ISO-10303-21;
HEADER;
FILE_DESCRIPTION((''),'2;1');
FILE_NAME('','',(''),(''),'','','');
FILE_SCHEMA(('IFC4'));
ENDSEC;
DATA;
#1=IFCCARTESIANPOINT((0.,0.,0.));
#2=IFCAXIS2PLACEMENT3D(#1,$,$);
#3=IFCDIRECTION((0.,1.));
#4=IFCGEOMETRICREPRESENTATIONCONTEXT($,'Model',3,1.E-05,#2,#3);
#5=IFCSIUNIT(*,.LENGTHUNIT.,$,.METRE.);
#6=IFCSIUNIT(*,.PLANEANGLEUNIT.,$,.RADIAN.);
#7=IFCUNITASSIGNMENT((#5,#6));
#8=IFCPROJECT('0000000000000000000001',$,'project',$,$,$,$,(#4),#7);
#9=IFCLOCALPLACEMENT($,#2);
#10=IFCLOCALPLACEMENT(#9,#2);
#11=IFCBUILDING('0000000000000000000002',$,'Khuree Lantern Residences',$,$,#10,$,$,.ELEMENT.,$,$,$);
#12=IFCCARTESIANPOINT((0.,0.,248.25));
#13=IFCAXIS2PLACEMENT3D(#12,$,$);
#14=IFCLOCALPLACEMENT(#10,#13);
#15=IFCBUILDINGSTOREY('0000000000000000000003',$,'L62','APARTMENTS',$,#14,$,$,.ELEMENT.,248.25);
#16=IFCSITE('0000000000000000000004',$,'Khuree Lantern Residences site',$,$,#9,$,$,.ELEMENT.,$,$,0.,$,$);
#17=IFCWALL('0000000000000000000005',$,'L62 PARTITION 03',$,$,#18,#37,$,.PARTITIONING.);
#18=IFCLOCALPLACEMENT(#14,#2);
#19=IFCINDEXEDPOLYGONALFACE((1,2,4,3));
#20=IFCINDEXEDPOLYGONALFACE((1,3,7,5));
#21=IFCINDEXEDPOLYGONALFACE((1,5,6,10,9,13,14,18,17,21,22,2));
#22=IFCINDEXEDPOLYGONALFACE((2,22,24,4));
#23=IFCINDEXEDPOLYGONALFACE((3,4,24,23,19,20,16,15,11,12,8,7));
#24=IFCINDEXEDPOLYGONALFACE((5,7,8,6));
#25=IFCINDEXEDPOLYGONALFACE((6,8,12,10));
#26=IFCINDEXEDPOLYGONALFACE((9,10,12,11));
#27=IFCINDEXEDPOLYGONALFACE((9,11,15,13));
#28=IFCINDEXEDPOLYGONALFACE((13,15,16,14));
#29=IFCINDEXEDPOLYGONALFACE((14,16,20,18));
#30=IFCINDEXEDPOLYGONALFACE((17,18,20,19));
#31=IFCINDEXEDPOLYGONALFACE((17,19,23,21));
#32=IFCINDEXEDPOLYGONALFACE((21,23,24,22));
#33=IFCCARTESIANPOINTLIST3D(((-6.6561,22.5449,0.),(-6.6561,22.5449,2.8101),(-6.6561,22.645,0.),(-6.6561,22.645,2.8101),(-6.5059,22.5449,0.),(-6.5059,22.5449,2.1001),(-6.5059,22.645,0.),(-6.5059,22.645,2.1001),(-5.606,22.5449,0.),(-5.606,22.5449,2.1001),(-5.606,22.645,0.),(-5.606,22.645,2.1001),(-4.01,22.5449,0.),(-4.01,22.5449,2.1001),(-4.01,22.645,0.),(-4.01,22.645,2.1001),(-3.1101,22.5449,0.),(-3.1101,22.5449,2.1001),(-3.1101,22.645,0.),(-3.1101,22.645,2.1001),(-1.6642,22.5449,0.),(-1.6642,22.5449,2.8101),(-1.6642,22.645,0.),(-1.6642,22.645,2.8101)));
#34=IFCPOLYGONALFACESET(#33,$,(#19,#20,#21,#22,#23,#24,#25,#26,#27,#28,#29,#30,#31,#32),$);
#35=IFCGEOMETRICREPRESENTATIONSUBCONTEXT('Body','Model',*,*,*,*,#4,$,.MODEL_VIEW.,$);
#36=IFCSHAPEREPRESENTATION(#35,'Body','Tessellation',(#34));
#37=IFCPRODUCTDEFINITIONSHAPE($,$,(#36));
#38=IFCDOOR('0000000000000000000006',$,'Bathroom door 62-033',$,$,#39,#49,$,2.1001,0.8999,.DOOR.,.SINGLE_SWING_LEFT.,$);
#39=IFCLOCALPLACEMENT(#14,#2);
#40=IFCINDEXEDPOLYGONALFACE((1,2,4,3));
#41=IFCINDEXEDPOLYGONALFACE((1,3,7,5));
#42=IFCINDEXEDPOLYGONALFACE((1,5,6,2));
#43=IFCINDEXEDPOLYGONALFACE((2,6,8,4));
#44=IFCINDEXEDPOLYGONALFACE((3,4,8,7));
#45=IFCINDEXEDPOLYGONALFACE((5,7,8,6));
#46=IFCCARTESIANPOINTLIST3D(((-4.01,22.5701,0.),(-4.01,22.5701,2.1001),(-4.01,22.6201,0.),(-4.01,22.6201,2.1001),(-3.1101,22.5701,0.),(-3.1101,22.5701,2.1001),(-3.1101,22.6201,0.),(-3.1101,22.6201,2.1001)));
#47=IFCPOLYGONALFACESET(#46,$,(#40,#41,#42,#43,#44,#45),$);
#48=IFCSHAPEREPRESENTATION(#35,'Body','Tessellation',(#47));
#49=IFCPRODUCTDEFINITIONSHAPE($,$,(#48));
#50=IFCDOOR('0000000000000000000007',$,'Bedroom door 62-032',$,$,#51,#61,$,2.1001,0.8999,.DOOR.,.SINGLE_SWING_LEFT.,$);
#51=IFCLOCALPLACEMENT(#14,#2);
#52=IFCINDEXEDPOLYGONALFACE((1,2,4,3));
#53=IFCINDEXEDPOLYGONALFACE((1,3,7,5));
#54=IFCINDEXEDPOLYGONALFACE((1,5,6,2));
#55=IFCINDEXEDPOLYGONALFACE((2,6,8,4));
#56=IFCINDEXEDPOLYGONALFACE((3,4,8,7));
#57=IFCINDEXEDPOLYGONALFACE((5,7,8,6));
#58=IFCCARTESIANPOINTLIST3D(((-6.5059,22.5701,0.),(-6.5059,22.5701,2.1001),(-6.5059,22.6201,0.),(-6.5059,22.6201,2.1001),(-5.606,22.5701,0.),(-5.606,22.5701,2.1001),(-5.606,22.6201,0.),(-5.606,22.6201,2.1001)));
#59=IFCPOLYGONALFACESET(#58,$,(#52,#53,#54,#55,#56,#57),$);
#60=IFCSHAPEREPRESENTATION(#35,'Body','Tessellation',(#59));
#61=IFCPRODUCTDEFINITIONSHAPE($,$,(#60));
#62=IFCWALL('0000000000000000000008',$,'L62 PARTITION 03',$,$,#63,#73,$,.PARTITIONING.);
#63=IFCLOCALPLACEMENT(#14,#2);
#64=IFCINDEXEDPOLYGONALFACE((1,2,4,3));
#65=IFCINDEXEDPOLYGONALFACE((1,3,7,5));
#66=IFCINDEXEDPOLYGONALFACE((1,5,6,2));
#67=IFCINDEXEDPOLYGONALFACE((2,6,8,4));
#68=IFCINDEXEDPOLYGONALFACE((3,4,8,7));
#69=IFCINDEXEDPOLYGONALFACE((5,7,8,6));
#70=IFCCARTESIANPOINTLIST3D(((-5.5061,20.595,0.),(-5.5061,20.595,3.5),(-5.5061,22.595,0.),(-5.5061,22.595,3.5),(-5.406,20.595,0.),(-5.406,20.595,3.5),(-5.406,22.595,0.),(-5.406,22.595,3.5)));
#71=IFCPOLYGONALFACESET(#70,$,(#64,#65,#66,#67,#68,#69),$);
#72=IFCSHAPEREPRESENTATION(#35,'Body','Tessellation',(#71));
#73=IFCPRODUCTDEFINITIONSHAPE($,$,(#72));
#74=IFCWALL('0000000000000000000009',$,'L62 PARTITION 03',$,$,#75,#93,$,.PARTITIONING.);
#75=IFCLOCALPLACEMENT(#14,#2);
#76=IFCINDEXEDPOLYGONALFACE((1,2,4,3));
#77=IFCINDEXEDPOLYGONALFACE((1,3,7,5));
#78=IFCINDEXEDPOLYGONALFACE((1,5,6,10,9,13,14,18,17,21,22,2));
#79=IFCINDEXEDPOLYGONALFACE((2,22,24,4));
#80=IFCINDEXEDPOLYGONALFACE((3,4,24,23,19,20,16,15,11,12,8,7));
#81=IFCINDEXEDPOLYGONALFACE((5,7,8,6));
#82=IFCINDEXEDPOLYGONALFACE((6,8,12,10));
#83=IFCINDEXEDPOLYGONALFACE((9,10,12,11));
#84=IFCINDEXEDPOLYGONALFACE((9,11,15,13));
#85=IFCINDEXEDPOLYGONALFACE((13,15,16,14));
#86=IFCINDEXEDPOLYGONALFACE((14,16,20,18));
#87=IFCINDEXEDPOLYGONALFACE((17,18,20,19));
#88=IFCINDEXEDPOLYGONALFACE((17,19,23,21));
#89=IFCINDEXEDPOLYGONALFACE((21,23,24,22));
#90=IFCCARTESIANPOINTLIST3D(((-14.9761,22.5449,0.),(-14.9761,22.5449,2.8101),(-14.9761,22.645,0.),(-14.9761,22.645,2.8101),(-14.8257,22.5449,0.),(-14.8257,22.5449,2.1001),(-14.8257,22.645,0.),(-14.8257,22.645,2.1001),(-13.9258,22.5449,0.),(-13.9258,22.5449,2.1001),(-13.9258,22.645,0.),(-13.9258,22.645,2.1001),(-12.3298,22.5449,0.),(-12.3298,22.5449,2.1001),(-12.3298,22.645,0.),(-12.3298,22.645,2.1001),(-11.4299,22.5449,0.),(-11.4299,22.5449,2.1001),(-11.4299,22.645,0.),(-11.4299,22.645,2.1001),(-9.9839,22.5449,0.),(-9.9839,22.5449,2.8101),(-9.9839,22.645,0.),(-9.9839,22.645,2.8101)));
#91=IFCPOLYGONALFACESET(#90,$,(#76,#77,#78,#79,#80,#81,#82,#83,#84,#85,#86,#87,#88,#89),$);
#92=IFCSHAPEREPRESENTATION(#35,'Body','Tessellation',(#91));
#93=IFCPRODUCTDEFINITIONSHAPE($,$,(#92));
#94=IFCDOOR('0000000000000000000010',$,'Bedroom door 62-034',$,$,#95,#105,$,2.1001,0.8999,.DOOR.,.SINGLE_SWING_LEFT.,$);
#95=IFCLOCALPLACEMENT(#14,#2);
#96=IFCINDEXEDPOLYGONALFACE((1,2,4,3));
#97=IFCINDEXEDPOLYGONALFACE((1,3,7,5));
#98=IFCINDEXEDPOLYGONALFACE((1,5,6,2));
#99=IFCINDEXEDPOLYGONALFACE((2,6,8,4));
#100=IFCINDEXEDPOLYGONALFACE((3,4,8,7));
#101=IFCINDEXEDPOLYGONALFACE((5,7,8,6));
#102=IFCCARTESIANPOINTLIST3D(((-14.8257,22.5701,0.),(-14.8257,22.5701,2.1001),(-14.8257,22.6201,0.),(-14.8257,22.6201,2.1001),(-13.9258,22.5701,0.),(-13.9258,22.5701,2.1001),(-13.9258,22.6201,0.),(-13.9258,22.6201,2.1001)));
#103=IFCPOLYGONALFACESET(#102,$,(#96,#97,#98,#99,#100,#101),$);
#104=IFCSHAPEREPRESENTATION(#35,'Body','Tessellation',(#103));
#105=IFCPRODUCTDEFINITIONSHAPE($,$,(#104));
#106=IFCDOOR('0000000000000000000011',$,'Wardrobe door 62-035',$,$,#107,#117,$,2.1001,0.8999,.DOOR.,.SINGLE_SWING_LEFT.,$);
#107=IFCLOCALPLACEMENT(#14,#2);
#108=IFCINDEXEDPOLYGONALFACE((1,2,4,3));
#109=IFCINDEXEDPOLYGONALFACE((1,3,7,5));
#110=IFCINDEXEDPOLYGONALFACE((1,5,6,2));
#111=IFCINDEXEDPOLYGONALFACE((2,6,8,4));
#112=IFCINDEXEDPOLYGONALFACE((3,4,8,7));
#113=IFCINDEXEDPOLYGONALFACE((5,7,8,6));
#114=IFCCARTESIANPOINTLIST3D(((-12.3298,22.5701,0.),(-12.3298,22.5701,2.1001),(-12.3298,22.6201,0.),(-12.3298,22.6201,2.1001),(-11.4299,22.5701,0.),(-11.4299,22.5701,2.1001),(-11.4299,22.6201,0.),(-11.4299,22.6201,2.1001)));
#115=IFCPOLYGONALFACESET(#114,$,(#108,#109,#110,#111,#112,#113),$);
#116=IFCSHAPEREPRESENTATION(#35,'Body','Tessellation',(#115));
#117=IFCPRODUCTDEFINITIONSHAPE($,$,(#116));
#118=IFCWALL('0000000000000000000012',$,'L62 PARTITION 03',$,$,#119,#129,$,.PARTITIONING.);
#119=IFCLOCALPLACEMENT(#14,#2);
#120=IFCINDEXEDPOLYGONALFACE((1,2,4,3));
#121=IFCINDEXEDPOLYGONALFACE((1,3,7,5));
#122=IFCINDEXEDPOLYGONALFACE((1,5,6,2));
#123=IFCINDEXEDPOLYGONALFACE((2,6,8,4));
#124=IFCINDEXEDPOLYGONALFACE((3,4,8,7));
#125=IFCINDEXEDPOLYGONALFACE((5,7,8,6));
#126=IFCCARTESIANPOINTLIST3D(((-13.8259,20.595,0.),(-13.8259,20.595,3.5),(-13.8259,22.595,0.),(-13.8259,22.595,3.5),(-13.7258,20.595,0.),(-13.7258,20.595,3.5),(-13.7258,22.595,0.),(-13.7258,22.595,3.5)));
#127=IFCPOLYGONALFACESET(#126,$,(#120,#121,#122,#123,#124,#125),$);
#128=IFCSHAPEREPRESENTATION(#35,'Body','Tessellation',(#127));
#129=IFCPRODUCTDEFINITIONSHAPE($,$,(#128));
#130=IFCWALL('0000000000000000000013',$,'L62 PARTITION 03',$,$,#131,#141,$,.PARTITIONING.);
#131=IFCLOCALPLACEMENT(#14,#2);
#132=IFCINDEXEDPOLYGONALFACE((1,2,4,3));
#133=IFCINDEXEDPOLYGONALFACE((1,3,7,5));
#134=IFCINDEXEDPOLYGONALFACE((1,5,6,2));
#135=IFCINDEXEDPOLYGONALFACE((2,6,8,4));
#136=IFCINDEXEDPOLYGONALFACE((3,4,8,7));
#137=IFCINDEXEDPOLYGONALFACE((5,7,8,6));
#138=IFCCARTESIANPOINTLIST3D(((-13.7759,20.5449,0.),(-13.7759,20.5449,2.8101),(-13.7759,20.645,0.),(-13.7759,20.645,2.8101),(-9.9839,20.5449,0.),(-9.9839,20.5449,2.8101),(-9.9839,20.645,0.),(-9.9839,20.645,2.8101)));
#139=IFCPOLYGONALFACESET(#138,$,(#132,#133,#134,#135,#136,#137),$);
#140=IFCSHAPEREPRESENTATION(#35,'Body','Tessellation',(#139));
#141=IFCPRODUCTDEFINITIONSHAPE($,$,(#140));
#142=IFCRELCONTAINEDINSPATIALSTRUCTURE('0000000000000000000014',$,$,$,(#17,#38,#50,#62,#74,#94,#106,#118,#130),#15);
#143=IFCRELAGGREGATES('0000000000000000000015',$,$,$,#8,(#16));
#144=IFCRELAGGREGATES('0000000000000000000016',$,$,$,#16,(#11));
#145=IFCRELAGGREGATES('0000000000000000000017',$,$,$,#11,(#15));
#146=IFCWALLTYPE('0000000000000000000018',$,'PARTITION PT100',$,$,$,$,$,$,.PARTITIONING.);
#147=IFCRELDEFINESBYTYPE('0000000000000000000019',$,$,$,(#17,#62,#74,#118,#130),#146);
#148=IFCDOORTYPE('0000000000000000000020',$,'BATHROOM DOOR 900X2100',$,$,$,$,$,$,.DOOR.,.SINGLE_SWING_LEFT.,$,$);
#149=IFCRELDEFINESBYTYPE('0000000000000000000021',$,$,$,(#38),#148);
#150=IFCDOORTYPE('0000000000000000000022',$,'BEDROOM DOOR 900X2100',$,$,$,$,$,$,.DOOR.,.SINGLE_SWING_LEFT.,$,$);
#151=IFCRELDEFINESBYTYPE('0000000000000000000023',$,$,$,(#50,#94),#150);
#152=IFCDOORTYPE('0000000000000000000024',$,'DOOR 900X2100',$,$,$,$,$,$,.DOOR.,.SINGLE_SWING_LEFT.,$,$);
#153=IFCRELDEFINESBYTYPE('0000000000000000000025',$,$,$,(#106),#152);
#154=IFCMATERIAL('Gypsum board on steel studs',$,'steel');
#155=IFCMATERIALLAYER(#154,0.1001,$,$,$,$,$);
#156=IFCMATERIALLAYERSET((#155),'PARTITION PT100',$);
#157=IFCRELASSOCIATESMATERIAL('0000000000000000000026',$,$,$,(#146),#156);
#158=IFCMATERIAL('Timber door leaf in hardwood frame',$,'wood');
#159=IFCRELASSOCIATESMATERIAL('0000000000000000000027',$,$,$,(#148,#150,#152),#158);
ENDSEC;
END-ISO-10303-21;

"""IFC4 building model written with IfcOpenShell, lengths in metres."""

from ifc_helpers import new_model, si_unit, direction, frame, frame_2d, origin, place, context, subcontext, project, spatial, rectangle, extrude, material, layer, layer_set, type_object, element, fill, save


model = new_model("IFC4")

# Units and contexts
model_context = context("Model", 3, precision=1e-05, world=origin(), true_north=direction((0.0, 1.0)))
body_context = subcontext(model_context, "Body", "Model", "MODEL_VIEW")
ifc_project = project(units=[si_unit("LENGTHUNIT", "METRE"), si_unit("PLANEANGLEUNIT", "RADIAN")], contexts=[model_context])

# Site, building, storey
site_placement = place(None, origin())
site = spatial("IfcSite", under=ifc_project, at=site_placement, Name="Khuree Lantern Residences site", CompositionType="ELEMENT", RefElevation=0.0)
building_placement = place(site_placement, origin())
building = spatial("IfcBuilding", under=site, at=building_placement, Name="Khuree Lantern Residences", CompositionType="ELEMENT")
storey_placement = place(building_placement, frame((0.0, 0.0, 248.25)))
storey = spatial("IfcBuildingStorey", under=building, at=storey_placement, Name="L62", Description="APARTMENTS", CompositionType="ELEMENT", Elevation=248.25)

# Shared definitions
ifc_material_1 = material(Name="Gypsum board on steel studs", Category="steel")
ifc_layer_1 = layer(ifc_material_1, 0.1001)
ifc_layer_set_1 = layer_set([ifc_layer_1], Name="PARTITION PT100")
wall_type_1 = type_object("IfcWallType", Name="PARTITION PT100", PredefinedType="PARTITIONING", material=ifc_layer_set_1)

# Wall, openings, doors
wall_1_placement = place(storey_placement, frame((-1.6641, 22.595, 0.0), z_axis=(0.0, 0.0, 1.0), x_axis=(-1.0, 0.0, 0.0)))
wall_1 = element("IfcWall", 1, at=wall_1_placement, inside=storey, type_object=wall_type_1, Name="L62 PARTITION 03", PredefinedType="PARTITIONING", context=body_context, shape_type="SweptSolid", body=[
    extrude(rectangle(XDim=4.9919, YDim=0.1001, at=frame_2d((2.4961, 0.0))), origin(), (0.0, 0.0, 1.0), 2.8101),
])
opening_1_placement = place(wall_1_placement, frame((3.9419, 0.0, 0.0)))
opening_1 = element("IfcOpeningElement", 2, at=opening_1_placement, cuts=wall_1, PredefinedType="OPENING", context=body_context, shape_type="SweptSolid", body=[
    extrude(rectangle(XDim=0.8999, YDim=2.1001, at=frame_2d((0.45, 1.05))), frame((0.0, 0.0601, 0.0), z_axis=(0.0, -1.0, 0.0), x_axis=(1.0, 0.0, 0.0)), (0.0, 0.0, 1.0), 0.1201),
])
opening_2_placement = place(wall_1_placement, frame((1.446, 0.0, 0.0)))
opening_2 = element("IfcOpeningElement", 3, at=opening_2_placement, cuts=wall_1, PredefinedType="OPENING", context=body_context, shape_type="SweptSolid", body=[
    extrude(rectangle(XDim=0.8999, YDim=2.1001, at=frame_2d((0.45, 1.05))), frame((0.0, 0.0601, 0.0), z_axis=(0.0, -1.0, 0.0), x_axis=(1.0, 0.0, 0.0)), (0.0, 0.0, 1.0), 0.1201),
])
ifc_material_2 = material(Name="Timber door leaf in hardwood frame", Category="wood")
door_type_1 = type_object("IfcDoorType", Name="BATHROOM DOOR 900X2100", OperationType="SINGLE_SWING_LEFT", PredefinedType="DOOR", material=ifc_material_2)
door_1_placement = place(opening_2_placement, origin())
door_1 = element("IfcDoor", 4, at=door_1_placement, inside=storey, type_object=door_type_1, Name="Bathroom door 62-033", OperationType="SINGLE_SWING_LEFT", OverallHeight=2.1001, OverallWidth=0.8999, PredefinedType="DOOR", context=body_context, shape_type="SweptSolid", body=[
    extrude(rectangle(XDim=0.8999, YDim=2.1001, at=frame_2d((0.45, 1.05))), frame((0.0, 0.0249, 0.0), z_axis=(0.0, -1.0, 0.0), x_axis=(1.0, 0.0, 0.0)), (0.0, 0.0, 1.0), 0.05),
])
fill(opening_2, door_1)
door_type_2 = type_object("IfcDoorType", Name="BEDROOM DOOR 900X2100", OperationType="SINGLE_SWING_LEFT", PredefinedType="DOOR", material=ifc_material_2)
door_2_placement = place(opening_1_placement, origin())
door_2 = element("IfcDoor", 5, at=door_2_placement, inside=storey, type_object=door_type_2, Name="Bedroom door 62-032", OperationType="SINGLE_SWING_LEFT", OverallHeight=2.1001, OverallWidth=0.8999, PredefinedType="DOOR", context=body_context, shape_type="SweptSolid", body=[
    extrude(rectangle(XDim=0.8999, YDim=2.1001, at=frame_2d((0.45, 1.05))), frame((0.0, 0.0249, 0.0), z_axis=(0.0, -1.0, 0.0), x_axis=(1.0, 0.0, 0.0)), (0.0, 0.0, 1.0), 0.05),
])
fill(opening_1, door_2)

# Wall
wall_2_placement = place(storey_placement, frame((-5.4561, 20.595, 0.0), z_axis=(0.0, 0.0, 1.0), x_axis=(0.0, 1.0, 0.0)))
element("IfcWall", 6, at=wall_2_placement, inside=storey, type_object=wall_type_1, Name="L62 PARTITION 03", PredefinedType="PARTITIONING", context=body_context, shape_type="SweptSolid", body=[
    extrude(rectangle(XDim=2.0, YDim=0.1001, at=frame_2d((1.0, 0.0))), origin(), (0.0, 0.0, 1.0), 3.5),
])

# Wall, openings, doors
wall_3_placement = place(storey_placement, frame((-9.9839, 22.595, 0.0), z_axis=(0.0, 0.0, 1.0), x_axis=(-1.0, 0.0, 0.0)))
wall_3 = element("IfcWall", 7, at=wall_3_placement, inside=storey, type_object=wall_type_1, Name="L62 PARTITION 03", PredefinedType="PARTITIONING", context=body_context, shape_type="SweptSolid", body=[
    extrude(rectangle(XDim=4.9922, YDim=0.1001, at=frame_2d((2.4961, 0.0))), origin(), (0.0, 0.0, 1.0), 2.8101),
])
opening_3_placement = place(wall_3_placement, frame((3.9419, 0.0, 0.0)))
opening_3 = element("IfcOpeningElement", 8, at=opening_3_placement, cuts=wall_3, PredefinedType="OPENING", context=body_context, shape_type="SweptSolid", body=[
    extrude(rectangle(XDim=0.8999, YDim=2.1001, at=frame_2d((0.45, 1.05))), frame((0.0, 0.0601, 0.0), z_axis=(0.0, -1.0, 0.0), x_axis=(1.0, 0.0, 0.0)), (0.0, 0.0, 1.0), 0.1201),
])
opening_4_placement = place(wall_3_placement, frame((1.446, 0.0, 0.0)))
opening_4 = element("IfcOpeningElement", 9, at=opening_4_placement, cuts=wall_3, PredefinedType="OPENING", context=body_context, shape_type="SweptSolid", body=[
    extrude(rectangle(XDim=0.8999, YDim=2.1001, at=frame_2d((0.45, 1.05))), frame((0.0, 0.0601, 0.0), z_axis=(0.0, -1.0, 0.0), x_axis=(1.0, 0.0, 0.0)), (0.0, 0.0, 1.0), 0.1201),
])
door_3_placement = place(opening_3_placement, origin())
door_3 = element("IfcDoor", 10, at=door_3_placement, inside=storey, type_object=door_type_2, Name="Bedroom door 62-034", OperationType="SINGLE_SWING_LEFT", OverallHeight=2.1001, OverallWidth=0.8999, PredefinedType="DOOR", context=body_context, shape_type="SweptSolid", body=[
    extrude(rectangle(XDim=0.8999, YDim=2.1001, at=frame_2d((0.45, 1.05))), frame((0.0, 0.0249, 0.0), z_axis=(0.0, -1.0, 0.0), x_axis=(1.0, 0.0, 0.0)), (0.0, 0.0, 1.0), 0.05),
])
fill(opening_3, door_3)
door_type_3 = type_object("IfcDoorType", Name="DOOR 900X2100", OperationType="SINGLE_SWING_LEFT", PredefinedType="DOOR", material=ifc_material_2)
door_4_placement = place(opening_4_placement, origin())
door_4 = element("IfcDoor", 11, at=door_4_placement, inside=storey, type_object=door_type_3, Name="Wardrobe door 62-035", OperationType="SINGLE_SWING_LEFT", OverallHeight=2.1001, OverallWidth=0.8999, PredefinedType="DOOR", context=body_context, shape_type="SweptSolid", body=[
    extrude(rectangle(XDim=0.8999, YDim=2.1001, at=frame_2d((0.45, 1.05))), frame((0.0, 0.0249, 0.0), z_axis=(0.0, -1.0, 0.0), x_axis=(1.0, 0.0, 0.0)), (0.0, 0.0, 1.0), 0.05),
])
fill(opening_4, door_4)

# Walls
wall_4_placement = place(storey_placement, frame((-13.7759, 20.595, 0.0), z_axis=(0.0, 0.0, 1.0), x_axis=(0.0, 1.0, 0.0)))
element("IfcWall", 12, at=wall_4_placement, inside=storey, type_object=wall_type_1, Name="L62 PARTITION 03", PredefinedType="PARTITIONING", context=body_context, shape_type="SweptSolid", body=[
    extrude(rectangle(XDim=2.0, YDim=0.1001, at=frame_2d((1.0, 0.0))), origin(), (0.0, 0.0, 1.0), 3.5),
])
wall_5_placement = place(storey_placement, frame((-9.9839, 20.595, 0.0), z_axis=(0.0, 0.0, 1.0), x_axis=(-1.0, 0.0, 0.0)))
element("IfcWall", 13, at=wall_5_placement, inside=storey, type_object=wall_type_1, Name="L62 PARTITION 03", PredefinedType="PARTITIONING", context=body_context, shape_type="SweptSolid", body=[
    extrude(rectangle(XDim=3.792, YDim=0.1001, at=frame_2d((1.896, 0.0))), origin(), (0.0, 0.0, 1.0), 2.8101),
])

save(model, "model.ifc")
